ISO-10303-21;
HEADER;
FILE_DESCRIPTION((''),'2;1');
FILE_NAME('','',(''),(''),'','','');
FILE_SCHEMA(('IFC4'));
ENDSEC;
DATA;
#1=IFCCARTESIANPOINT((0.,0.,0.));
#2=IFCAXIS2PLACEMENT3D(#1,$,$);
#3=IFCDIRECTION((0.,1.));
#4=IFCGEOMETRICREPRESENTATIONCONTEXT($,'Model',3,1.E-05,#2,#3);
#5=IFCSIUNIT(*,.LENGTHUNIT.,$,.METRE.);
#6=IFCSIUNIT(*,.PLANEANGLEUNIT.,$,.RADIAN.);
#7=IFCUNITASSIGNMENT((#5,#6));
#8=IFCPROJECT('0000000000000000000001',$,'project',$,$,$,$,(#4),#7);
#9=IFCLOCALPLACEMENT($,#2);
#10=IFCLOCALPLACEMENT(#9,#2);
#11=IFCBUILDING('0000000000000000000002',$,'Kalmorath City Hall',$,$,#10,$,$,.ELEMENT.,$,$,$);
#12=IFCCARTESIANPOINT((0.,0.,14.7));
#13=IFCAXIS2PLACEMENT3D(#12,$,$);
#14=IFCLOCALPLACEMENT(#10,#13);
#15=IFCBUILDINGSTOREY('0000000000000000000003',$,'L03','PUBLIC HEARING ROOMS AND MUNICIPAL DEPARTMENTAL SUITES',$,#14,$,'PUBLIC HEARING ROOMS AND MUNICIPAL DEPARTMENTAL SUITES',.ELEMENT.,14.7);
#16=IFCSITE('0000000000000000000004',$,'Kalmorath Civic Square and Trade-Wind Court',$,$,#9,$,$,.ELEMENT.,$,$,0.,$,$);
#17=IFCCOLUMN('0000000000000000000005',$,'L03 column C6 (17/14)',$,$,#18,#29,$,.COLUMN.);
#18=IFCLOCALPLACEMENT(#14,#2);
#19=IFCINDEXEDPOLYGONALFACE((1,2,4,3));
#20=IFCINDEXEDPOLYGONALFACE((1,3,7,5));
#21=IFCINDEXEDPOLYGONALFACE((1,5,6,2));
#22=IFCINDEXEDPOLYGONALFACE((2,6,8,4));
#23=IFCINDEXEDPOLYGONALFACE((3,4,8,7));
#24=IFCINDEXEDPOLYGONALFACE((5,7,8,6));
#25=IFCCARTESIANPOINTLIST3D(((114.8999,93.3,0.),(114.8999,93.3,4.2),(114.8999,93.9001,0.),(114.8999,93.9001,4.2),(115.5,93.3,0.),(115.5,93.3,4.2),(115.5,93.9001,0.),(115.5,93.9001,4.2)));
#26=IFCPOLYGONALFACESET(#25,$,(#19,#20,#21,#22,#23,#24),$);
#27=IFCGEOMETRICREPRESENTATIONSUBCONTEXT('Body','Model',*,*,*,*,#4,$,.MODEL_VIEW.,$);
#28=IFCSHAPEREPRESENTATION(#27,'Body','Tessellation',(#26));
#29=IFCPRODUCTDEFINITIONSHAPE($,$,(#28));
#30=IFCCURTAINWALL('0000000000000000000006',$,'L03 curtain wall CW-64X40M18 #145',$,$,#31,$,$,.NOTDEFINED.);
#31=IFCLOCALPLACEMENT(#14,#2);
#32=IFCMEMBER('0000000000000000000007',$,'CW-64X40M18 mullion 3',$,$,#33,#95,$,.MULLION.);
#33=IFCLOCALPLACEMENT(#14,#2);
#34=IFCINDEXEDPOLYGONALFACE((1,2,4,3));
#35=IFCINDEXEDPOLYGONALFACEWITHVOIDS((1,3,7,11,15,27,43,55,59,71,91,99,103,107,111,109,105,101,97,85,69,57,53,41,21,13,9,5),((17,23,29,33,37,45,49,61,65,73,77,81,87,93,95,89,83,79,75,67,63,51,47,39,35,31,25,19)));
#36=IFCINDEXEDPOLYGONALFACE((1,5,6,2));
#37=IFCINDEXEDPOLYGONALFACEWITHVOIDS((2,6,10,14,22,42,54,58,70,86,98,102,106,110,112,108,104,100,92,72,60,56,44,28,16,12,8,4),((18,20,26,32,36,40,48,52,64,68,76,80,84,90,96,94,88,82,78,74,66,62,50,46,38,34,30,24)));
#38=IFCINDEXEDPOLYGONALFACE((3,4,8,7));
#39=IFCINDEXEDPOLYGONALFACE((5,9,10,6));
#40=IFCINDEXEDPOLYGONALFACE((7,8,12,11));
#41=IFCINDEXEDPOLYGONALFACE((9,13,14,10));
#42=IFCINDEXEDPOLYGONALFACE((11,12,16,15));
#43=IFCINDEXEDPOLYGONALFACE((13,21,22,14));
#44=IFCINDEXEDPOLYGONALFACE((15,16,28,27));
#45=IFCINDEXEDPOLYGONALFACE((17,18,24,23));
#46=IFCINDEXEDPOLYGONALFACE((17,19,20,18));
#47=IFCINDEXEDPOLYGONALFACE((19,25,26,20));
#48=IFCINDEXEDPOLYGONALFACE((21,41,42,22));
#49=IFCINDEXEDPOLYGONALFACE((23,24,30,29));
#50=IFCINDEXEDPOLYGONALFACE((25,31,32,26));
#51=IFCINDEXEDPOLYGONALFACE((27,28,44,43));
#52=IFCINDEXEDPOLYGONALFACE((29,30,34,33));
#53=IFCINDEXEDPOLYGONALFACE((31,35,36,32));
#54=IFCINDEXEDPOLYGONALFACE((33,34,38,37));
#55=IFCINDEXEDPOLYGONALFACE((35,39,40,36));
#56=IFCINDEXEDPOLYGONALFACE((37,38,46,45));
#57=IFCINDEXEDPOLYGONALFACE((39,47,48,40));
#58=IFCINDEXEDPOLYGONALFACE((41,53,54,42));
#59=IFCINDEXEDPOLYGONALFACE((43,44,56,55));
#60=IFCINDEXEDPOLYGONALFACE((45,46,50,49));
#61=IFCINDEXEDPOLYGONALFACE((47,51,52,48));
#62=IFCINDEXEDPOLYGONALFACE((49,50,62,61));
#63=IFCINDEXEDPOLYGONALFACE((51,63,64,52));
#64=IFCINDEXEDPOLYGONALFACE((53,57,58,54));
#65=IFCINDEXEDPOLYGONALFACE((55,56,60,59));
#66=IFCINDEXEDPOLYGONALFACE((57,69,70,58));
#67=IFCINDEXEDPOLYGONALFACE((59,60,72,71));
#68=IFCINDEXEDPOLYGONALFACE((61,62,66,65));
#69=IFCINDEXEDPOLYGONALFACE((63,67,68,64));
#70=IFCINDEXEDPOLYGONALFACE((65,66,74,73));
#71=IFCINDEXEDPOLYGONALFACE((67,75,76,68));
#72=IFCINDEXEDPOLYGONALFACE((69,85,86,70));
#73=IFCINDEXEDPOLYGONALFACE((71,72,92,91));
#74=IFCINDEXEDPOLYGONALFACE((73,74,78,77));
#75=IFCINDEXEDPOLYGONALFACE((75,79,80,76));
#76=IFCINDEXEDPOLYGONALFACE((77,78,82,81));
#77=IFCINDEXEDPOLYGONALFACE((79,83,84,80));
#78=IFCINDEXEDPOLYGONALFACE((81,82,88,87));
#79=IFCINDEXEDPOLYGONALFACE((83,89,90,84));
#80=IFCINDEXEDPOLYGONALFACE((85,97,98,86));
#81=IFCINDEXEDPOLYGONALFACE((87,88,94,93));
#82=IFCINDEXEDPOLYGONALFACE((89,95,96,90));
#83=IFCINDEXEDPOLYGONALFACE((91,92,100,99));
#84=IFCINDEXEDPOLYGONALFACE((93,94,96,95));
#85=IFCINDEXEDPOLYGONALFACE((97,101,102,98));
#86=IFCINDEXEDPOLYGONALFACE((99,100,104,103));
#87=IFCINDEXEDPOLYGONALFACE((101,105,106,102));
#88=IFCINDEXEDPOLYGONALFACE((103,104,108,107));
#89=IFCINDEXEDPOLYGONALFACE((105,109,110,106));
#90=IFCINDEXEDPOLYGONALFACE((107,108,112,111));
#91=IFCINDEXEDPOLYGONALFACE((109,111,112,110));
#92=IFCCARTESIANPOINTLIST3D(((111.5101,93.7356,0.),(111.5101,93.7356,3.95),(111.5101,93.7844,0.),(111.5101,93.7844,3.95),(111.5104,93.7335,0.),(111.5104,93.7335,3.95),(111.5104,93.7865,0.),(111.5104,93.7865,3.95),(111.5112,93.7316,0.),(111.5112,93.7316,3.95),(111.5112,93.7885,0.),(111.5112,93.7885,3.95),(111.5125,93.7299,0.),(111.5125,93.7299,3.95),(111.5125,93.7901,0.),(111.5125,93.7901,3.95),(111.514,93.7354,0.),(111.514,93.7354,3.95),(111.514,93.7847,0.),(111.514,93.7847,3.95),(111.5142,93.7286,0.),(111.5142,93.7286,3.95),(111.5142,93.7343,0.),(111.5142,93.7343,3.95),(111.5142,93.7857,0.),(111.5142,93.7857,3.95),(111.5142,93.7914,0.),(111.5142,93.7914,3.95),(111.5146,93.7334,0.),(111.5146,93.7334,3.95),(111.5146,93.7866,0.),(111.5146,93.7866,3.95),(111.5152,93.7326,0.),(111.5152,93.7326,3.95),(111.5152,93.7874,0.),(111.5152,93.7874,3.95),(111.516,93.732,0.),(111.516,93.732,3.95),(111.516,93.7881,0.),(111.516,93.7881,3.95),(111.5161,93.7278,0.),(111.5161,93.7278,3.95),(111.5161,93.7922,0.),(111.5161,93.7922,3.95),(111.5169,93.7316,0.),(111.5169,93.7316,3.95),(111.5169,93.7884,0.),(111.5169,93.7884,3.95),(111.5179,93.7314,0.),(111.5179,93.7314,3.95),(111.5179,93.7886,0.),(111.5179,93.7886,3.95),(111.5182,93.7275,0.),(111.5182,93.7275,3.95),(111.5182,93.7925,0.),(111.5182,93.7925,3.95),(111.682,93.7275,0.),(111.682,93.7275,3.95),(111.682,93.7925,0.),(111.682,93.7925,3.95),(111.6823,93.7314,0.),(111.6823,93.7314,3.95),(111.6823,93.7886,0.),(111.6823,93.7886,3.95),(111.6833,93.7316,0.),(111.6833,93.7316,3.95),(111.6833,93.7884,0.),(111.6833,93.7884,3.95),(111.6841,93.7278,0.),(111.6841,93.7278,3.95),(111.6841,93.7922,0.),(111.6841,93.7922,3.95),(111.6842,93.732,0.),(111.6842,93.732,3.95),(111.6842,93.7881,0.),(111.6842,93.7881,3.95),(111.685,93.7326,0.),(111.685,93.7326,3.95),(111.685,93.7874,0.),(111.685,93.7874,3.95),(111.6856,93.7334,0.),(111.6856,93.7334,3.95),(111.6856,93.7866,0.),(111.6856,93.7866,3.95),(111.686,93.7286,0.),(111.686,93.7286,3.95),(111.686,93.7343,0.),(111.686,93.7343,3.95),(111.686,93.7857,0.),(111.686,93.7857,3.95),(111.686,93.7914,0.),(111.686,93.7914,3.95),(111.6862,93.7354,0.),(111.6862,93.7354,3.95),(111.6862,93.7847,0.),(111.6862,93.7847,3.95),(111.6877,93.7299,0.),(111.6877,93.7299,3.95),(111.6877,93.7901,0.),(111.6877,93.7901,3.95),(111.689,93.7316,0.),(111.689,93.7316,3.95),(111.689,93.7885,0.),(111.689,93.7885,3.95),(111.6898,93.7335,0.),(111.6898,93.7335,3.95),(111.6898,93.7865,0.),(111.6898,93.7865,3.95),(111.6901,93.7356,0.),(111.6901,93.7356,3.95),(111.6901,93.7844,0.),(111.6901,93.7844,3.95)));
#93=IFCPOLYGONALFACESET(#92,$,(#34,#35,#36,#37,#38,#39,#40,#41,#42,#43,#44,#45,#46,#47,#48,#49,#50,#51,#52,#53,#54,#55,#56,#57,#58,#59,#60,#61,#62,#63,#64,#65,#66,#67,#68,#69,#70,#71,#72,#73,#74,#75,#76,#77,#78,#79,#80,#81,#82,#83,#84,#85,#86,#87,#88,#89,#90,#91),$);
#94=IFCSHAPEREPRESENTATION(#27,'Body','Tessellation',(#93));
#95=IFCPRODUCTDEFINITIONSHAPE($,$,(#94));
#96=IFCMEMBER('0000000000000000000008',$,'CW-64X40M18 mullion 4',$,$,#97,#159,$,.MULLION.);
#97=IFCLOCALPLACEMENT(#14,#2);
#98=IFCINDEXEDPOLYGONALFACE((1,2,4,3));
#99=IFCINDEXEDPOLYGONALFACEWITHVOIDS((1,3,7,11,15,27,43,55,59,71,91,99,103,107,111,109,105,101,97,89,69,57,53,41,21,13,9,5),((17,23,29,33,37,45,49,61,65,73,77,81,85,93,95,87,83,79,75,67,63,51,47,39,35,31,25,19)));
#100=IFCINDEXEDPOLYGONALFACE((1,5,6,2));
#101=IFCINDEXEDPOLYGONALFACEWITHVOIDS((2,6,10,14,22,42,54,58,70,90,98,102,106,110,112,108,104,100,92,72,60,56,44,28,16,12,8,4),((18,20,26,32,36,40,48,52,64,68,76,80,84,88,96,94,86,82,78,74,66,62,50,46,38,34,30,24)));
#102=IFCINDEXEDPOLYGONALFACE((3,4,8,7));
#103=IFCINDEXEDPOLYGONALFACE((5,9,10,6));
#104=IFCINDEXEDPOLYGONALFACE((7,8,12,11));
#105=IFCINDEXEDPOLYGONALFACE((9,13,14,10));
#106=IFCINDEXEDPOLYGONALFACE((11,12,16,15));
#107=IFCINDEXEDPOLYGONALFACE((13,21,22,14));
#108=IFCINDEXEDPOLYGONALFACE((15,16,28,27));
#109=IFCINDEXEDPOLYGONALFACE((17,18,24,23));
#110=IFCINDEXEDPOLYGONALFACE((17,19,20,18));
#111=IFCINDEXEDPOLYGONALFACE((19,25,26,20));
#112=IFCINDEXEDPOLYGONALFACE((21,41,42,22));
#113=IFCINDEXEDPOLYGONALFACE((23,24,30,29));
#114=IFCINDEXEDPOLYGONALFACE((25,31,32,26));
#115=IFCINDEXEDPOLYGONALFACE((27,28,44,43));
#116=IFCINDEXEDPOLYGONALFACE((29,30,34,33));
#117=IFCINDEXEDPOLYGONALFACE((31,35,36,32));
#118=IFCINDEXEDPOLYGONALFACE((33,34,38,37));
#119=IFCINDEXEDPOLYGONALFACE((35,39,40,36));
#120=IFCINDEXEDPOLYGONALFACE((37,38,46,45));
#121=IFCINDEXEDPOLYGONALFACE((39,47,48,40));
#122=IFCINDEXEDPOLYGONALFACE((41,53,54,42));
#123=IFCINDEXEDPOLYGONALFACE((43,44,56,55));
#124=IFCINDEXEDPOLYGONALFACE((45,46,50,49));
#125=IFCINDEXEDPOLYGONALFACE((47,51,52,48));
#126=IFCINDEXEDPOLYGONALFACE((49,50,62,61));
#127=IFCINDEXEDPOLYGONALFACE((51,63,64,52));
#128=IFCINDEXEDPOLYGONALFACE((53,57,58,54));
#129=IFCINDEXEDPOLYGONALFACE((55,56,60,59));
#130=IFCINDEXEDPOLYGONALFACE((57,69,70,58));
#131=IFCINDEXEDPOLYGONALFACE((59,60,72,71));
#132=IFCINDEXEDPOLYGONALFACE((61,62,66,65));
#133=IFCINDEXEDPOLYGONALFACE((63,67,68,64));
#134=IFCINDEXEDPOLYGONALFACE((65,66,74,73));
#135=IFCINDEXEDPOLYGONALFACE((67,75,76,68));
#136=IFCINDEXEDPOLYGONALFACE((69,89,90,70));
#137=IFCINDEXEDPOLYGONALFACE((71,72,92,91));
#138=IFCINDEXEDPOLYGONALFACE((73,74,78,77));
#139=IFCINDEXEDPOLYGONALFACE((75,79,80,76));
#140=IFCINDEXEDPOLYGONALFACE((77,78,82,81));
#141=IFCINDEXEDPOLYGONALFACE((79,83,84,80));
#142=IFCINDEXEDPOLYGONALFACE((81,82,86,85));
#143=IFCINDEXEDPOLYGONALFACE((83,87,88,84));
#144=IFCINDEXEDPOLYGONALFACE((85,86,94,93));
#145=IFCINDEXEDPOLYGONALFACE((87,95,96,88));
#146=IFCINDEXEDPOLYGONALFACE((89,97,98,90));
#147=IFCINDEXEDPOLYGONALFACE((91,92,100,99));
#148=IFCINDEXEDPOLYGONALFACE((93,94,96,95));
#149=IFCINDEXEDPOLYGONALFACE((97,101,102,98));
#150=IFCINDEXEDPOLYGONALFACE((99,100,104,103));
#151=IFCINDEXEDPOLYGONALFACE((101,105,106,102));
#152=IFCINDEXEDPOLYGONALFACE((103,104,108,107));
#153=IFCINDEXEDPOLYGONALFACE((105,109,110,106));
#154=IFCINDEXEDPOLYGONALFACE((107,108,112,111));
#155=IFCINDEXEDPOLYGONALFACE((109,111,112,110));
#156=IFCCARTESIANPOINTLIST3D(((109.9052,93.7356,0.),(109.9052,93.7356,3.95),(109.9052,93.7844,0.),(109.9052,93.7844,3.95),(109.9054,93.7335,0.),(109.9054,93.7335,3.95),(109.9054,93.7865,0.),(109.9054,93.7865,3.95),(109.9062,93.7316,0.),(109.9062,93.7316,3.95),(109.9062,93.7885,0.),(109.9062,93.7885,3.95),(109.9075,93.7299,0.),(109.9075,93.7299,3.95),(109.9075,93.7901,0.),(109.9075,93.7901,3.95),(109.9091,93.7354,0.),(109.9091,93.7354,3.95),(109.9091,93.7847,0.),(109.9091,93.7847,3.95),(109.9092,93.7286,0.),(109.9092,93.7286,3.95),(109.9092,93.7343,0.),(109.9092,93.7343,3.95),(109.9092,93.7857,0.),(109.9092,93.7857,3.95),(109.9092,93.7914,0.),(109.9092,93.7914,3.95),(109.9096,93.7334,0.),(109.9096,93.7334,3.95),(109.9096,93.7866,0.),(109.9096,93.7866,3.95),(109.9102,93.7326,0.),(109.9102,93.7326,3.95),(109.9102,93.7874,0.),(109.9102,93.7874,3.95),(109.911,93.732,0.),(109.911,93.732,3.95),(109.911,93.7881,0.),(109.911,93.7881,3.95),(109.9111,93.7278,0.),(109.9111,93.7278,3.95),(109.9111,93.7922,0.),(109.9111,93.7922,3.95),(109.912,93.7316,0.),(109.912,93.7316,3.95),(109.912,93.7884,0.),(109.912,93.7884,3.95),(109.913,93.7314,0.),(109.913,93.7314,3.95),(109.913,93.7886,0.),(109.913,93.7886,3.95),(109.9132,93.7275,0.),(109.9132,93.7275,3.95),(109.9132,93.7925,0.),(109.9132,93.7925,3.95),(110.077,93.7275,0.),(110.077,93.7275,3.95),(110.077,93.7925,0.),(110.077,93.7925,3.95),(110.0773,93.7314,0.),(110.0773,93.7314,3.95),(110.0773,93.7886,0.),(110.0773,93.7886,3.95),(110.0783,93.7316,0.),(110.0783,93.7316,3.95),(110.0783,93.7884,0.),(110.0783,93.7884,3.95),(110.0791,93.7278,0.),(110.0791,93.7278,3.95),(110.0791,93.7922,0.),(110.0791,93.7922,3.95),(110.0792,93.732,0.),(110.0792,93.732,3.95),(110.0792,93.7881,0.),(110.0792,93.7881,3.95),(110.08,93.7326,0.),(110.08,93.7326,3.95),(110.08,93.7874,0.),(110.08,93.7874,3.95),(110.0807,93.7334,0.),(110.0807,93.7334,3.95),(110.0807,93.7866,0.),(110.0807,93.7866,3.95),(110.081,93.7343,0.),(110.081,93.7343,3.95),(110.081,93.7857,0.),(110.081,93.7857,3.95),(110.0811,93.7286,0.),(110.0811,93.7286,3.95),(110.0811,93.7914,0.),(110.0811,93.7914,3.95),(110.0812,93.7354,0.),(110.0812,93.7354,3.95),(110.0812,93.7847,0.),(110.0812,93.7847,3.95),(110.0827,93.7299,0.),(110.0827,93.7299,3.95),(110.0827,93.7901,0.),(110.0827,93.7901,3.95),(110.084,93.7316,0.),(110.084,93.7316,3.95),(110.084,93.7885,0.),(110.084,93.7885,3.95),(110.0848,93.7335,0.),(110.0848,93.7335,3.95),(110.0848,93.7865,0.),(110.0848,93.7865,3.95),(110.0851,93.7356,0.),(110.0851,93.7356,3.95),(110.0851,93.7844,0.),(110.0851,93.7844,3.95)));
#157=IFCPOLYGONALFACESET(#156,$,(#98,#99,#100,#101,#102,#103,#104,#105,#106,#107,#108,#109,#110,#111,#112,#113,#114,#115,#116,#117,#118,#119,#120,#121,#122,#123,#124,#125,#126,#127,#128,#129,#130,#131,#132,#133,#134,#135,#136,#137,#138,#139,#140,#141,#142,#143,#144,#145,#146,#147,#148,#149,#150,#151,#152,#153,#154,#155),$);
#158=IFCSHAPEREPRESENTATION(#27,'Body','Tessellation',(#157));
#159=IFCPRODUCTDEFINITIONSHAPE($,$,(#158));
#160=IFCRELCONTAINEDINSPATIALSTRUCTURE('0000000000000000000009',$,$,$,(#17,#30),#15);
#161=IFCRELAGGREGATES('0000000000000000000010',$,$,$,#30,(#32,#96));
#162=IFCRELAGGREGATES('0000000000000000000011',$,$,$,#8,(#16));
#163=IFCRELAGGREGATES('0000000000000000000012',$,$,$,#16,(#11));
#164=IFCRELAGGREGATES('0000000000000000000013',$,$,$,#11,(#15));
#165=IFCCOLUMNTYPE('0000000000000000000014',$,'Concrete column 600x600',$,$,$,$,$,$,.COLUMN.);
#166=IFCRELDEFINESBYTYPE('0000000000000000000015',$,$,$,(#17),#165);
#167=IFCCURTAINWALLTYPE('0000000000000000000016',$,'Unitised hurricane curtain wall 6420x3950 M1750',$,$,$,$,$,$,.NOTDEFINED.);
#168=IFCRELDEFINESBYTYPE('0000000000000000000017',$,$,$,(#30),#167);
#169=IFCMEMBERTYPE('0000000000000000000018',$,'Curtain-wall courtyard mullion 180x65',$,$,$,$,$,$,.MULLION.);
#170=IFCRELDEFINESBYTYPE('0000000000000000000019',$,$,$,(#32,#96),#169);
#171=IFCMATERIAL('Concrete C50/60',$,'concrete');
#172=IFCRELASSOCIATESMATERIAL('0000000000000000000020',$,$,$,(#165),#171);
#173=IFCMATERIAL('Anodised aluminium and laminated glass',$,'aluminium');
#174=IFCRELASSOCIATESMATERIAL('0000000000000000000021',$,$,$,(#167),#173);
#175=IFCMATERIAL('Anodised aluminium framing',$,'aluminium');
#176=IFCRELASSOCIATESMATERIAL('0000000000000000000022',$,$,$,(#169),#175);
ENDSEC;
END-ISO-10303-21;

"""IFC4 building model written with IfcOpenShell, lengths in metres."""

from ifc_helpers import new_model, si_unit, direction, frame, origin, origin_2d, place, context, subcontext, project, spatial, rectangle, hollow_rectangle, extrude, material, material_profile, profile_set, type_object, element, aggregate, save


model = new_model("IFC4")

# Units and contexts
model_context = context("Model", 3, precision=1e-05, world=origin(), true_north=direction((0.0, 1.0)))
body_context = subcontext(model_context, "Body", "Model", "MODEL_VIEW")
ifc_project = project(units=[si_unit("LENGTHUNIT", "METRE"), si_unit("PLANEANGLEUNIT", "RADIAN")], contexts=[model_context])

# Site, building, storey
site_placement = place(None, origin())
site = spatial("IfcSite", under=ifc_project, at=site_placement, Name="Kalmorath Civic Square and Trade-Wind Court", CompositionType="ELEMENT", RefElevation=0.0)
building_placement = place(site_placement, origin())
building = spatial("IfcBuilding", under=site, at=building_placement, Name="Kalmorath City Hall", CompositionType="ELEMENT")
storey_placement = place(building_placement, frame((0.0, 0.0, 14.7)))
storey = spatial("IfcBuildingStorey", under=building, at=storey_placement, Name="L03", Description="PUBLIC HEARING ROOMS AND MUNICIPAL DEPARTMENTAL SUITES", LongName="PUBLIC HEARING ROOMS AND MUNICIPAL DEPARTMENTAL SUITES", CompositionType="ELEMENT", Elevation=14.7)

# Column
ifc_material_1 = material(Name="Concrete C50/60", Category="concrete")
ifc_material_profile_1 = material_profile(ifc_material_1, rectangle(XDim=0.6001, YDim=0.6001, at=origin_2d()), Name="RC-COL-600X600")
ifc_profile_set_1 = profile_set([ifc_material_profile_1], Name="Concrete C50/60")
column_type = type_object("IfcColumnType", Name="Concrete column 600x600", PredefinedType="COLUMN", material=ifc_profile_set_1)
column_placement = place(storey_placement, frame((115.2, 93.6001, 0.0), z_axis=(0.0, 0.0, 1.0), x_axis=(1.0, 0.0, 0.0)))
element("IfcColumn", 1, at=column_placement, inside=storey, type_object=column_type, Name="L03 column C6 (17/14)", PredefinedType="COLUMN", context=body_context, shape_type="SweptSolid", body=[
    extrude(rectangle(XDim=0.6001, YDim=0.6001, at=origin_2d()), origin(), (0.0, 0.0, 1.0), 4.2),
])

# Curtain wall, members
ifc_material_2 = material(Name="Anodised aluminium and laminated glass", Category="aluminium")
curtain_wall_type = type_object("IfcCurtainWallType", Name="Unitised hurricane curtain wall 6420x3950 M1750", PredefinedType="NOTDEFINED", material=ifc_material_2)
curtain_wall_placement = place(storey_placement, origin())
curtain_wall = element("IfcCurtainWall", 2, at=curtain_wall_placement, inside=storey, type_object=curtain_wall_type, Name="L03 curtain wall CW-64X40M18 #145", PredefinedType="NOTDEFINED")
ifc_material_3 = material(Name="Anodised aluminium framing", Category="aluminium")
ifc_material_profile_2 = material_profile(ifc_material_3, hollow_rectangle(XDim=0.0649, YDim=0.1799, WallThickness=0.0039, InnerFilletRadius=0.0039, OuterFilletRadius=0.0081, at=origin_2d()), Name="ALU-MUL-180X65X4")
ifc_profile_set_2 = profile_set([ifc_material_profile_2], Name="Anodised aluminium framing")
member_type_1 = type_object("IfcMemberType", Name="Curtain-wall courtyard mullion 180x65", PredefinedType="MULLION", material=ifc_profile_set_2)
member_1_placement = place(storey_placement, frame((111.6001, 93.76, 0.0), z_axis=(0.0, 0.0, 1.0), x_axis=(0.0, -1.0, 0.0)))
member_1 = element("IfcMember", 3, at=member_1_placement, type_object=member_type_1, Name="CW-64X40M18 mullion 3", PredefinedType="MULLION", context=body_context, shape_type="SweptSolid", body=[
    extrude(hollow_rectangle(XDim=0.0649, YDim=0.1799, WallThickness=0.0039, InnerFilletRadius=0.0039, OuterFilletRadius=0.0081, at=origin_2d()), origin(), (0.0, 0.0, 1.0), 3.95),
])
member_2_placement = place(storey_placement, frame((109.9951, 93.76, 0.0), z_axis=(0.0, 0.0, 1.0), x_axis=(0.0, -1.0, 0.0)))
member_2 = element("IfcMember", 4, at=member_2_placement, type_object=member_type_1, Name="CW-64X40M18 mullion 4", PredefinedType="MULLION", context=body_context, shape_type="SweptSolid", body=[
    extrude(hollow_rectangle(XDim=0.0649, YDim=0.1799, WallThickness=0.0039, InnerFilletRadius=0.0039, OuterFilletRadius=0.0081, at=origin_2d()), origin(), (0.0, 0.0, 1.0), 3.95),
])
aggregate(curtain_wall, [member_1, member_2])

save(model, "model.ifc")
